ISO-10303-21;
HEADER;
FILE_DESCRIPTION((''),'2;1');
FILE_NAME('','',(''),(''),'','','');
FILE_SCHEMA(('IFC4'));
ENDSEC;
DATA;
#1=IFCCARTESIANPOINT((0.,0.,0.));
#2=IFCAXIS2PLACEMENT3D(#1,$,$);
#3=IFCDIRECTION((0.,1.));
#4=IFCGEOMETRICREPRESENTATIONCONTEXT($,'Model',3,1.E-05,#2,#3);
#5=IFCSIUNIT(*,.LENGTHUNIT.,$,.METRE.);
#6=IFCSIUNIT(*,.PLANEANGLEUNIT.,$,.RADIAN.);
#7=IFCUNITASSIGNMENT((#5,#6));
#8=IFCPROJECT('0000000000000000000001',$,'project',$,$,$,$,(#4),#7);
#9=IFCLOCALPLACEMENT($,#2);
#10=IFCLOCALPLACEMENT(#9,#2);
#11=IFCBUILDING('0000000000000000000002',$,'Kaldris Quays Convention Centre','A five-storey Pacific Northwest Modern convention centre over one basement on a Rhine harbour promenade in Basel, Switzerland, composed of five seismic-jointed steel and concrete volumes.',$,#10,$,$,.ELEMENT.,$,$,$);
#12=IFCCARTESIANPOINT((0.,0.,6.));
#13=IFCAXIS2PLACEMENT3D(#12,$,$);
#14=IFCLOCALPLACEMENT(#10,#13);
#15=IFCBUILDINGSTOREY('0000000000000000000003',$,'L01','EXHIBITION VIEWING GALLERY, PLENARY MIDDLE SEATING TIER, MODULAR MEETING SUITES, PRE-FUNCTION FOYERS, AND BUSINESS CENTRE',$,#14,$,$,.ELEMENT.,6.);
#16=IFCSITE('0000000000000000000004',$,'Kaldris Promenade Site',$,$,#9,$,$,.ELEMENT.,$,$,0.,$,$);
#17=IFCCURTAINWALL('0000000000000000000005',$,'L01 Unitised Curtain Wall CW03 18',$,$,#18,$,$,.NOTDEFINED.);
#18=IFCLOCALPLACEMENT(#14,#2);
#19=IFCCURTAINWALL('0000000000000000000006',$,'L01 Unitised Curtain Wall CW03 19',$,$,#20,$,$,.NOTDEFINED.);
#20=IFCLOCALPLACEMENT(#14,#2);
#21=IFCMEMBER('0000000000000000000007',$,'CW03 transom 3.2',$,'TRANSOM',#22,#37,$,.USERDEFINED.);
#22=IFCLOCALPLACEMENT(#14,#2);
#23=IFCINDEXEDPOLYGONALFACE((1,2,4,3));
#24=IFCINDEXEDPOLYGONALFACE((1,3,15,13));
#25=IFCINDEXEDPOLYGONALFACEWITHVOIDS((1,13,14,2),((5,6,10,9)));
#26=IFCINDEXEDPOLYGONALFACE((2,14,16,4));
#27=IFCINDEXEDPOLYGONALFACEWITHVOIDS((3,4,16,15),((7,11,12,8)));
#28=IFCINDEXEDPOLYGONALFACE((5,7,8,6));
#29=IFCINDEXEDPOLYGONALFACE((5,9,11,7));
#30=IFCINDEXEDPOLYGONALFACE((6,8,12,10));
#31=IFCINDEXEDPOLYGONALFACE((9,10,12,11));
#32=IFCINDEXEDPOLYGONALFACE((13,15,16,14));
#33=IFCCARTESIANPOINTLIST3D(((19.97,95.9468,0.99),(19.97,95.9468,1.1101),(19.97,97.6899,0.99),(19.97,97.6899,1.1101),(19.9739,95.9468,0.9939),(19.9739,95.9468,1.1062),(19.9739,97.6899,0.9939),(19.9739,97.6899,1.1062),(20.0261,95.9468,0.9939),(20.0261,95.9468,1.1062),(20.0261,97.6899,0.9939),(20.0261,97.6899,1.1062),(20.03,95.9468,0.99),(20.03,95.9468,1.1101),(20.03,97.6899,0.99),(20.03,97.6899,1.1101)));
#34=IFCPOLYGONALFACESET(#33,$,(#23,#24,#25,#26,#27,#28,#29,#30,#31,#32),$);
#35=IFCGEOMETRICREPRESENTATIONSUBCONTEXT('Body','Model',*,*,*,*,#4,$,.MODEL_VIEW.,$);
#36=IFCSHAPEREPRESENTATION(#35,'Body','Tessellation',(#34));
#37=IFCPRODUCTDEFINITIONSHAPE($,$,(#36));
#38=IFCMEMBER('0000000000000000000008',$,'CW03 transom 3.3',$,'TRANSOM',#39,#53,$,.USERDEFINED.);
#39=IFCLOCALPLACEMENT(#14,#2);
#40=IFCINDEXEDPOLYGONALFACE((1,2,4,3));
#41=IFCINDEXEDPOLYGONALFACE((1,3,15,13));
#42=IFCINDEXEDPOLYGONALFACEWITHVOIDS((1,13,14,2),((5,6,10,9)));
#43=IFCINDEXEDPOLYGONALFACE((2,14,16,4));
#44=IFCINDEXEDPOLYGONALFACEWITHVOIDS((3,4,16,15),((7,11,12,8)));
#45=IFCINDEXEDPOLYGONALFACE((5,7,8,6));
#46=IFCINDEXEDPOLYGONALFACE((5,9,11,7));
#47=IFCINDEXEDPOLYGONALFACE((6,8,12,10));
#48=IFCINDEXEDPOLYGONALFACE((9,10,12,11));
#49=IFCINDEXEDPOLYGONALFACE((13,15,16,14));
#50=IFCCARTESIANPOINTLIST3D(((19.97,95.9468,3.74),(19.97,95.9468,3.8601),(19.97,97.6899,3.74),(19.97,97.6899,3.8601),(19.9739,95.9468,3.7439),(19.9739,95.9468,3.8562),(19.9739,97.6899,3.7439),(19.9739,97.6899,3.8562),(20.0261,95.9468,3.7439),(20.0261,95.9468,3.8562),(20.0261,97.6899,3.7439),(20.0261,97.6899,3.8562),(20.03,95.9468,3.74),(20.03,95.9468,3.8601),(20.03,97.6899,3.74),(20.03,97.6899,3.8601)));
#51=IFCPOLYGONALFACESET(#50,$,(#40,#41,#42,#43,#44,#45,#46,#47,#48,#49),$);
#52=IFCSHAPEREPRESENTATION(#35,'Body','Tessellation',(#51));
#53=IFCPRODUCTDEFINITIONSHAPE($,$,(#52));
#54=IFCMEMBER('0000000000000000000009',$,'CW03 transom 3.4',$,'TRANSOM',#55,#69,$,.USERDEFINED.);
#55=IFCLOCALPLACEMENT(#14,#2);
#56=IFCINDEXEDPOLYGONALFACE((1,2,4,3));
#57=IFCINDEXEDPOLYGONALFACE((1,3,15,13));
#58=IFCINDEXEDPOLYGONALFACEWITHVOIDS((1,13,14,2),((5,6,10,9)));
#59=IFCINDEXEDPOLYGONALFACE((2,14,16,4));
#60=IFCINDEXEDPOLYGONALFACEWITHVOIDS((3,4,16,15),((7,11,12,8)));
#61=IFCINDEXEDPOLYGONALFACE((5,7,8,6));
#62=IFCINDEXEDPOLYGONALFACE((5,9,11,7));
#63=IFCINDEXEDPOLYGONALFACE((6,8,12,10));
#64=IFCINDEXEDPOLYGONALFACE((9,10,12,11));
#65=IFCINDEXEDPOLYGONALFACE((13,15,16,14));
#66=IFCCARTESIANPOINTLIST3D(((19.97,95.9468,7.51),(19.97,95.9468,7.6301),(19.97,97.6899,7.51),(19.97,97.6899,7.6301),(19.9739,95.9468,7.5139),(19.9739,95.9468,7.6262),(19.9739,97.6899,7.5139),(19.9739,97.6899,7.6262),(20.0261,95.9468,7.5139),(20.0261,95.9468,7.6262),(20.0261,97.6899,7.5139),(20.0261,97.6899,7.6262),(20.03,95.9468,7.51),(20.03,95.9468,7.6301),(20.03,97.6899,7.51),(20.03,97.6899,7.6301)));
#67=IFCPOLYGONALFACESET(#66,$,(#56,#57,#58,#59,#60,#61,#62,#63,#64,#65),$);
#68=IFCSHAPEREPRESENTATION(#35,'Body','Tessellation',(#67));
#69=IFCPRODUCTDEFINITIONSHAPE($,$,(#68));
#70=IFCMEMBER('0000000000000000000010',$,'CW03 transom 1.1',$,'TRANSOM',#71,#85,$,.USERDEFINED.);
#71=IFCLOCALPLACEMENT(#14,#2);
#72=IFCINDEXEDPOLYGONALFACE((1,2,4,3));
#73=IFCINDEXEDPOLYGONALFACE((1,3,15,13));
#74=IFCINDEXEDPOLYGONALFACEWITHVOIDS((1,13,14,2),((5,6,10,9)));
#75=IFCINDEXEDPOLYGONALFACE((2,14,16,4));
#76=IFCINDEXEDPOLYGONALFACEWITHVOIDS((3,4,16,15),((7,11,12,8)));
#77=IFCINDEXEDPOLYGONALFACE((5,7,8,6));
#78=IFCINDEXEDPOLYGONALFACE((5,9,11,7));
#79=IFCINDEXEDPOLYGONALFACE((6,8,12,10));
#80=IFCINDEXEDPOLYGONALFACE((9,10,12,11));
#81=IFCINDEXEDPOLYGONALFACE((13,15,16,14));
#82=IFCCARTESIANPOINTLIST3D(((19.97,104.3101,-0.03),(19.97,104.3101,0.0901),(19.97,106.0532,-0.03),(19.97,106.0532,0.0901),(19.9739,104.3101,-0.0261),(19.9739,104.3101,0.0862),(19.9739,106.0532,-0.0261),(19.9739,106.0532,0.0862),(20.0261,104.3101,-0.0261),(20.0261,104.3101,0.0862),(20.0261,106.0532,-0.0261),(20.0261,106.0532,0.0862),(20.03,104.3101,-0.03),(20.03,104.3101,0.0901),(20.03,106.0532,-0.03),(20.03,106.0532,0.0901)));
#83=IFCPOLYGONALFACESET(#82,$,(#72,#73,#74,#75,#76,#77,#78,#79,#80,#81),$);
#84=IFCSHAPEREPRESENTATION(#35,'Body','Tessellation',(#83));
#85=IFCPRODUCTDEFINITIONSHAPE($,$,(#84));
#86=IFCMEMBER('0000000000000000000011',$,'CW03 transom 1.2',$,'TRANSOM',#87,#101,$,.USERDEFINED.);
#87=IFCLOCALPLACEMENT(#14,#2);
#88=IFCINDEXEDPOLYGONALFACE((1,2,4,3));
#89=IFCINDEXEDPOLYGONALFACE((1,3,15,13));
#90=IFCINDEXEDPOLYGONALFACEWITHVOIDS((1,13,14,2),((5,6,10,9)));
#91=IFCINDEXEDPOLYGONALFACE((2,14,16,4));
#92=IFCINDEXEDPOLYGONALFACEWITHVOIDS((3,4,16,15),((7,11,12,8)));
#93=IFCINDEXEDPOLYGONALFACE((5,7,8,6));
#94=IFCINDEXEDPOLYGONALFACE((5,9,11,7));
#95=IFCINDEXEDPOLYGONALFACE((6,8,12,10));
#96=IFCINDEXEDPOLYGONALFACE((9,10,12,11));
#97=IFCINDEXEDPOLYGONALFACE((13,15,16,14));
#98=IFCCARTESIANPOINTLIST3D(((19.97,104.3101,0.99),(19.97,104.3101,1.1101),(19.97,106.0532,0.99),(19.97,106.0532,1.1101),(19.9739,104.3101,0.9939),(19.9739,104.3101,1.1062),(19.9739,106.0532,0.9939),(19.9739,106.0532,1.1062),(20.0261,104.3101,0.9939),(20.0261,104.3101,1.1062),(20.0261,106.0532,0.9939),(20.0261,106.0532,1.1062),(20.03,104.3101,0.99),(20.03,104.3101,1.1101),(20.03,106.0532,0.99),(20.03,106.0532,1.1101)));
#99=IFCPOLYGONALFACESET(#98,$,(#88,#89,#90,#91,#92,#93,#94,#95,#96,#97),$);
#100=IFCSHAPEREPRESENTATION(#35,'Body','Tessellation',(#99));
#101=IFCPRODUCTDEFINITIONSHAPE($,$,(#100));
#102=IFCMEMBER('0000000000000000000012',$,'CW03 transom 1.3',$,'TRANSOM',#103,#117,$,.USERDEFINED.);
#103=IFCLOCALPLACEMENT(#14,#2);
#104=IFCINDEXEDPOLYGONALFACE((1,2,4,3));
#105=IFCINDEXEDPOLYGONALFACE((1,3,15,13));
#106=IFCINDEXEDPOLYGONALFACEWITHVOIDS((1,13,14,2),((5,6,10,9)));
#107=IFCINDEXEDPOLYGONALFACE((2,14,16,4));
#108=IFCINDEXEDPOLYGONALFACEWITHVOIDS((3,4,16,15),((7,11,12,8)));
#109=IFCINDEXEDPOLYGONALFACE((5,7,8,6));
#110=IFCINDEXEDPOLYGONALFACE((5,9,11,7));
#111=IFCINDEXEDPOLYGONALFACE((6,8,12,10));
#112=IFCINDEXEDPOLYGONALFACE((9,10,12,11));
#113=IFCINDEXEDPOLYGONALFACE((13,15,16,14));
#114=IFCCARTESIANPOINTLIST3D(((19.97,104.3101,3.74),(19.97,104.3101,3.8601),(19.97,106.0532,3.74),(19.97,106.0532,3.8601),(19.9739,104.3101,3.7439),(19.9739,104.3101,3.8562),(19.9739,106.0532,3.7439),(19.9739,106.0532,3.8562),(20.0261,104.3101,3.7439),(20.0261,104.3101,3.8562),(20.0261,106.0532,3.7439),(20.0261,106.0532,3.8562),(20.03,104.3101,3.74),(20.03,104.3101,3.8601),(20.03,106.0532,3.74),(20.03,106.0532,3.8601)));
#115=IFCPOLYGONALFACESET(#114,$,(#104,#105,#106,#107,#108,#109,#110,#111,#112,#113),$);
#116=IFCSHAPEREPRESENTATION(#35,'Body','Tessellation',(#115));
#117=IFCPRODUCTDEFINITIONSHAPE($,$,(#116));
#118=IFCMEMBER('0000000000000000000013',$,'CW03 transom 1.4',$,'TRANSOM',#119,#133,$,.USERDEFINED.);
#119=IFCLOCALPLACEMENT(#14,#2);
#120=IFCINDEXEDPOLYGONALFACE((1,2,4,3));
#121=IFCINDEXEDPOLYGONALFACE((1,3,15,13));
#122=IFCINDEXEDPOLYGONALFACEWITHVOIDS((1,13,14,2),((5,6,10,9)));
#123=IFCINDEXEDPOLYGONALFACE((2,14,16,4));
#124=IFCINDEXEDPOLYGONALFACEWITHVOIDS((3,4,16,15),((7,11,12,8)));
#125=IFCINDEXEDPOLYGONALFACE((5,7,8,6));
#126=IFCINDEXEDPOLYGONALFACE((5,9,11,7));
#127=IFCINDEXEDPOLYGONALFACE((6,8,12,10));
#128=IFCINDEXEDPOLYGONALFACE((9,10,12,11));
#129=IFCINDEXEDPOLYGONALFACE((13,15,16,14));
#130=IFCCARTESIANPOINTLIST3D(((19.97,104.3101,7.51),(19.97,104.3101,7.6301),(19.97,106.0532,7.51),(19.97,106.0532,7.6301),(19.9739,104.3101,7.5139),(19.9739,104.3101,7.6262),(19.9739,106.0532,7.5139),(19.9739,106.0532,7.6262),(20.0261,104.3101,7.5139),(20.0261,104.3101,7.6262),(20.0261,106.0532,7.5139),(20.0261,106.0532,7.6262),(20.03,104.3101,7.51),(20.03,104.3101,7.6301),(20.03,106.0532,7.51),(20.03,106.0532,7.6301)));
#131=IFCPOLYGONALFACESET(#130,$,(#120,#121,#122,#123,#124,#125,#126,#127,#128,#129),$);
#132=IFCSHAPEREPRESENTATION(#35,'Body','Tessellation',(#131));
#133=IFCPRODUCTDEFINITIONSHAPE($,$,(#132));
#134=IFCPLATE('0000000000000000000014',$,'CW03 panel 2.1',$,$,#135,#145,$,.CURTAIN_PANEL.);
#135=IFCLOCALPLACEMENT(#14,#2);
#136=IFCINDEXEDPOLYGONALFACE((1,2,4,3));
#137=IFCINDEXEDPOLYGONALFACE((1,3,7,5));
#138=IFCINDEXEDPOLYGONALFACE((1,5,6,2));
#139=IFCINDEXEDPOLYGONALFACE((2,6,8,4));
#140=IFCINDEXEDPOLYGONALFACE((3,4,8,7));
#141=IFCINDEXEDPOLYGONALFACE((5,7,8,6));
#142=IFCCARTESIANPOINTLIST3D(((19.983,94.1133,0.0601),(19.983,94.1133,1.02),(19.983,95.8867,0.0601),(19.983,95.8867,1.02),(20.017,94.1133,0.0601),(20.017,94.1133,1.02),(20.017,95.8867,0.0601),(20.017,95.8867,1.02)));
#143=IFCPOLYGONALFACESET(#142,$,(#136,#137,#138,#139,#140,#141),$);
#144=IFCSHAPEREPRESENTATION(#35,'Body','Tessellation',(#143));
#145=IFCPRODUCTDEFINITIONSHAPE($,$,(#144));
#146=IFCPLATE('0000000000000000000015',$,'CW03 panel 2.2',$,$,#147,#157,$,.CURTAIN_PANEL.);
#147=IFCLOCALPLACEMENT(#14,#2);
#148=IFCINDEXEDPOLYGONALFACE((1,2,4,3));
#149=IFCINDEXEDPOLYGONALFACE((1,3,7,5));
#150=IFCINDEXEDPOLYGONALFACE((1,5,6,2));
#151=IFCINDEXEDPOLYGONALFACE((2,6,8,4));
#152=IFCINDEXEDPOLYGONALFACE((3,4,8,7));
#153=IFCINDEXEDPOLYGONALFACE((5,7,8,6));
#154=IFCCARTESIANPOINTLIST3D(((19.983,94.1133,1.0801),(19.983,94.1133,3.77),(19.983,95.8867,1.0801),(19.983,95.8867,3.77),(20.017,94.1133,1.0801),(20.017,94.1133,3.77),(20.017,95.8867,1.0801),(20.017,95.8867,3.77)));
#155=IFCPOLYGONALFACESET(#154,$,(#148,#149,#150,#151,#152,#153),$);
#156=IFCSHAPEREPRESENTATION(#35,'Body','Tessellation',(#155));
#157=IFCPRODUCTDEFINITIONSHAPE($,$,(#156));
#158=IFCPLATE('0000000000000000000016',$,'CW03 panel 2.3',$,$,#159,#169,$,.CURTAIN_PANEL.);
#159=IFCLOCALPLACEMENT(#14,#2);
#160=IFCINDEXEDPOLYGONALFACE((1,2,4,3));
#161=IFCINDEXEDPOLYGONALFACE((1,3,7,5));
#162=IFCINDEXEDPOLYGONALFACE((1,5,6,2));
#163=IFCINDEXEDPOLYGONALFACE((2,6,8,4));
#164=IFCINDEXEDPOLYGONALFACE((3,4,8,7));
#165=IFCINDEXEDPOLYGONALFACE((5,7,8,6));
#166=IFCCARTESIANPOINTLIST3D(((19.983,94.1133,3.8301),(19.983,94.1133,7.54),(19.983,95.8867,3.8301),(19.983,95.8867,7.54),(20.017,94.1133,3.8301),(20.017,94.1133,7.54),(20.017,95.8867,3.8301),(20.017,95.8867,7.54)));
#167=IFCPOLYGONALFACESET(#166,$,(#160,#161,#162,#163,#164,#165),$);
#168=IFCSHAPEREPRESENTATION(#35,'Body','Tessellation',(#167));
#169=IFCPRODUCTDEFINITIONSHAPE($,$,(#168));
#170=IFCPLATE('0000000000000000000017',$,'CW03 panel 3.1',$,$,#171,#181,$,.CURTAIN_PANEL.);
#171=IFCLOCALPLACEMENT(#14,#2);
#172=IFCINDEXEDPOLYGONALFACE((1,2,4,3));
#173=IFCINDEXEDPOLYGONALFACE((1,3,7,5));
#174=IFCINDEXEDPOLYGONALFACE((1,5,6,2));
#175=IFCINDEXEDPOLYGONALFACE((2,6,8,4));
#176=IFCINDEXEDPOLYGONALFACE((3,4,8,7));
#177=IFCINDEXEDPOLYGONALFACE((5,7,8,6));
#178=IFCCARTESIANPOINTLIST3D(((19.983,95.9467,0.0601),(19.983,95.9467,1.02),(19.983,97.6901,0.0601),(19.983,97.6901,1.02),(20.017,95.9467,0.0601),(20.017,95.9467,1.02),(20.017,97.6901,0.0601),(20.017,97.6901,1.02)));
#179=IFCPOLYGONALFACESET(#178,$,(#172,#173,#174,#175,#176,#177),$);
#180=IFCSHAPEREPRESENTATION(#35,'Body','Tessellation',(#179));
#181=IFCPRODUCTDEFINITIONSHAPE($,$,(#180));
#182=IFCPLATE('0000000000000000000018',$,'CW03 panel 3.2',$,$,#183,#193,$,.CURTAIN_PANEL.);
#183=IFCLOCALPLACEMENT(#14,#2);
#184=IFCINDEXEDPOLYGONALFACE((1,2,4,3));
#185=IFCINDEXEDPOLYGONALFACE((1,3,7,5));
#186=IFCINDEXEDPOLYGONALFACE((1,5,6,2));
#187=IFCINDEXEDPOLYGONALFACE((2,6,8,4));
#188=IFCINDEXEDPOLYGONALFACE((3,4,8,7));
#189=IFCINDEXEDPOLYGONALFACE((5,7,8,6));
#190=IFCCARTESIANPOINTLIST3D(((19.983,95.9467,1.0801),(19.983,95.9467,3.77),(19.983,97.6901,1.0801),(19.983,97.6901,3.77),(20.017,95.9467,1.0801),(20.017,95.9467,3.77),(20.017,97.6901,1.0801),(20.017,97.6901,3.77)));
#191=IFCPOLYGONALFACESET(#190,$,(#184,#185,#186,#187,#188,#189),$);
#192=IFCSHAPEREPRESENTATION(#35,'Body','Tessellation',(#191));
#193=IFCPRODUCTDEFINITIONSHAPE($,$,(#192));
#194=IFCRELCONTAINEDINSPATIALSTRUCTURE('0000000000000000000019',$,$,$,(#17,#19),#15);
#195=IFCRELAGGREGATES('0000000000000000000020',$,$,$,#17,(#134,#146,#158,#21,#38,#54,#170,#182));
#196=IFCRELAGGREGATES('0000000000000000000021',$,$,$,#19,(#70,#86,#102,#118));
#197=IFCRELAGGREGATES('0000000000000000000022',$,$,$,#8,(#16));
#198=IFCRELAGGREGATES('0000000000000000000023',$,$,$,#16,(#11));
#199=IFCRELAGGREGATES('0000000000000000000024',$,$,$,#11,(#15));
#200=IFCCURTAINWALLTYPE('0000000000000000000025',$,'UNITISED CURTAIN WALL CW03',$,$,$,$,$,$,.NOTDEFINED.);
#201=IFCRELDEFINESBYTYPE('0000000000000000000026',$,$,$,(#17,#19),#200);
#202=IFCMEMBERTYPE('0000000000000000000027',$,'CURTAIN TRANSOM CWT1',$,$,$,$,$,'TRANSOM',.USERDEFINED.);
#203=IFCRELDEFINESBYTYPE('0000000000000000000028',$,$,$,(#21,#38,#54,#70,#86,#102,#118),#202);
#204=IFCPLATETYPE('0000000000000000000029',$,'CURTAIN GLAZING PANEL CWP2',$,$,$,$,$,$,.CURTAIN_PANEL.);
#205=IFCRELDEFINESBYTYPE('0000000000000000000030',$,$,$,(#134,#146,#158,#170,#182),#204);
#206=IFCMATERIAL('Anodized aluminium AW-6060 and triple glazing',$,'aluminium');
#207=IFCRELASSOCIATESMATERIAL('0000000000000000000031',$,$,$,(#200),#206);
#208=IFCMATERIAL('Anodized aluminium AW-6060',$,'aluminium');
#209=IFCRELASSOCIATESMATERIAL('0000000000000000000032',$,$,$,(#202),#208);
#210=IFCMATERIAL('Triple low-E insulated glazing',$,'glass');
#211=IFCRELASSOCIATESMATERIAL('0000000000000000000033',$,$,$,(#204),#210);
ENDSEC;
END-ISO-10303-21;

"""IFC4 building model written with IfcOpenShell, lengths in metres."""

from ifc_helpers import new_model, si_unit, direction, frame, origin, origin_2d, place, context, subcontext, project, spatial, rectangle, hollow_rectangle, extrude, material, material_profile, profile_set, type_object, element, aggregate, save


model = new_model("IFC4")

# Units and contexts
model_context = context("Model", 3, precision=1e-05, world=origin(), true_north=direction((0.0, 1.0)))
body_context = subcontext(model_context, "Body", "Model", "MODEL_VIEW")
ifc_project = project(units=[si_unit("LENGTHUNIT", "METRE"), si_unit("PLANEANGLEUNIT", "RADIAN")], contexts=[model_context])

# Site, building, storey
site_placement = place(None, origin())
site = spatial("IfcSite", under=ifc_project, at=site_placement, Name="Kaldris Promenade Site", CompositionType="ELEMENT", RefElevation=0.0)
building_placement = place(site_placement, origin())
building = spatial("IfcBuilding", under=site, at=building_placement, Name="Kaldris Quays Convention Centre", Description="A five-storey Pacific Northwest Modern convention centre over one basement on a Rhine harbour promenade in Basel, Switzerland, composed of five seismic-jointed steel and concrete volumes.", CompositionType="ELEMENT")
storey_placement = place(building_placement, frame((0.0, 0.0, 6.0)))
storey = spatial("IfcBuildingStorey", under=building, at=storey_placement, Name="L01", Description="EXHIBITION VIEWING GALLERY, PLENARY MIDDLE SEATING TIER, MODULAR MEETING SUITES, PRE-FUNCTION FOYERS, AND BUSINESS CENTRE", CompositionType="ELEMENT", Elevation=6.0)

# Curtain walls
ifc_material_1 = material(Name="Anodized aluminium AW-6060 and triple glazing", Category="aluminium")
curtain_wall_type = type_object("IfcCurtainWallType", Name="UNITISED CURTAIN WALL CW03", PredefinedType="NOTDEFINED", material=ifc_material_1)
curtain_wall_1_placement = place(storey_placement, origin())
curtain_wall_1 = element("IfcCurtainWall", 1, at=curtain_wall_1_placement, inside=storey, type_object=curtain_wall_type, Name="L01 Unitised Curtain Wall CW03 18", PredefinedType="NOTDEFINED")
ifc_material_2 = material(Name="Anodized aluminium AW-6060", Category="aluminium")
curtain_wall_2_placement = place(storey_placement, origin())
curtain_wall_2 = element("IfcCurtainWall", 2, at=curtain_wall_2_placement, inside=storey, type_object=curtain_wall_type, Name="L01 Unitised Curtain Wall CW03 19", PredefinedType="NOTDEFINED")

# Members
ifc_material_profile_1 = material_profile(ifc_material_2, hollow_rectangle(XDim=0.0601, YDim=0.1201, WallThickness=0.0039, at=origin_2d()), Name="RHS 120x60x4")
ifc_profile_set_1 = profile_set([ifc_material_profile_1], Name="Anodized aluminium AW-6060")
member_type_1 = type_object("IfcMemberType", Name="CURTAIN TRANSOM CWT1", ElementType="TRANSOM", PredefinedType="USERDEFINED", material=ifc_profile_set_1)
member_1_placement = place(storey_placement, frame((20.0, 95.9468, 1.05), z_axis=(0.0, 1.0, 0.0), x_axis=(-1.0, 0.0, 0.0)))
member_1 = element("IfcMember", 3, at=member_1_placement, type_object=member_type_1, Name="CW03 transom 3.2", ObjectType="TRANSOM", PredefinedType="USERDEFINED", context=body_context, shape_type="SweptSolid", body=[
    extrude(hollow_rectangle(XDim=0.0601, YDim=0.1201, WallThickness=0.0039, at=origin_2d()), origin(), (0.0, 0.0, 1.0), 1.7432),
])
member_2_placement = place(storey_placement, frame((20.0, 95.9468, 3.8), z_axis=(0.0, 1.0, 0.0), x_axis=(-1.0, 0.0, 0.0)))
member_2 = element("IfcMember", 4, at=member_2_placement, type_object=member_type_1, Name="CW03 transom 3.3", ObjectType="TRANSOM", PredefinedType="USERDEFINED", context=body_context, shape_type="SweptSolid", body=[
    extrude(hollow_rectangle(XDim=0.0601, YDim=0.1201, WallThickness=0.0039, at=origin_2d()), origin(), (0.0, 0.0, 1.0), 1.7432),
])
member_3_placement = place(storey_placement, frame((20.0, 95.9468, 7.5701), z_axis=(0.0, 1.0, 0.0), x_axis=(-1.0, 0.0, 0.0)))
member_3 = element("IfcMember", 5, at=member_3_placement, type_object=member_type_1, Name="CW03 transom 3.4", ObjectType="TRANSOM", PredefinedType="USERDEFINED", context=body_context, shape_type="SweptSolid", body=[
    extrude(hollow_rectangle(XDim=0.0601, YDim=0.1201, WallThickness=0.0039, at=origin_2d()), origin(), (0.0, 0.0, 1.0), 1.7432),
])
member_4_placement = place(storey_placement, frame((20.0, 104.3101, 0.03), z_axis=(0.0, 1.0, 0.0), x_axis=(-1.0, 0.0, 0.0)))
member_4 = element("IfcMember", 6, at=member_4_placement, type_object=member_type_1, Name="CW03 transom 1.1", ObjectType="TRANSOM", PredefinedType="USERDEFINED", context=body_context, shape_type="SweptSolid", body=[
    extrude(hollow_rectangle(XDim=0.0601, YDim=0.1201, WallThickness=0.0039, at=origin_2d()), origin(), (0.0, 0.0, 1.0), 1.7432),
])
member_5_placement = place(storey_placement, frame((20.0, 104.3101, 1.05), z_axis=(0.0, 1.0, 0.0), x_axis=(-1.0, 0.0, 0.0)))
member_5 = element("IfcMember", 7, at=member_5_placement, type_object=member_type_1, Name="CW03 transom 1.2", ObjectType="TRANSOM", PredefinedType="USERDEFINED", context=body_context, shape_type="SweptSolid", body=[
    extrude(hollow_rectangle(XDim=0.0601, YDim=0.1201, WallThickness=0.0039, at=origin_2d()), origin(), (0.0, 0.0, 1.0), 1.7432),
])
member_6_placement = place(storey_placement, frame((20.0, 104.3101, 3.8), z_axis=(0.0, 1.0, 0.0), x_axis=(-1.0, 0.0, 0.0)))
member_6 = element("IfcMember", 8, at=member_6_placement, type_object=member_type_1, Name="CW03 transom 1.3", ObjectType="TRANSOM", PredefinedType="USERDEFINED", context=body_context, shape_type="SweptSolid", body=[
    extrude(hollow_rectangle(XDim=0.0601, YDim=0.1201, WallThickness=0.0039, at=origin_2d()), origin(), (0.0, 0.0, 1.0), 1.7432),
])
member_7_placement = place(storey_placement, frame((20.0, 104.3101, 7.5701), z_axis=(0.0, 1.0, 0.0), x_axis=(-1.0, 0.0, 0.0)))
member_7 = element("IfcMember", 9, at=member_7_placement, type_object=member_type_1, Name="CW03 transom 1.4", ObjectType="TRANSOM", PredefinedType="USERDEFINED", context=body_context, shape_type="SweptSolid", body=[
    extrude(hollow_rectangle(XDim=0.0601, YDim=0.1201, WallThickness=0.0039, at=origin_2d()), origin(), (0.0, 0.0, 1.0), 1.7432),
])

# Plates
ifc_material_3 = material(Name="Triple low-E insulated glazing", Category="glass")
plate_type_1 = type_object("IfcPlateType", Name="CURTAIN GLAZING PANEL CWP2", PredefinedType="CURTAIN_PANEL", material=ifc_material_3)
plate_1_placement = place(storey_placement, frame((20.0, 95.0, 0.0601), z_axis=(0.0, 0.0, 1.0), x_axis=(0.0, 1.0, 0.0)))
plate_1 = element("IfcPlate", 10, at=plate_1_placement, type_object=plate_type_1, Name="CW03 panel 2.1", PredefinedType="CURTAIN_PANEL", context=body_context, shape_type="SweptSolid", body=[
    extrude(rectangle(XDim=1.7734, YDim=0.0339, at=origin_2d()), origin(), (0.0, 0.0, 1.0), 0.96),
])
plate_2_placement = place(storey_placement, frame((20.0, 95.0, 1.0801), z_axis=(0.0, 0.0, 1.0), x_axis=(0.0, 1.0, 0.0)))
plate_2 = element("IfcPlate", 11, at=plate_2_placement, type_object=plate_type_1, Name="CW03 panel 2.2", PredefinedType="CURTAIN_PANEL", context=body_context, shape_type="SweptSolid", body=[
    extrude(rectangle(XDim=1.7734, YDim=0.0339, at=origin_2d()), origin(), (0.0, 0.0, 1.0), 2.6899),
])
plate_3_placement = place(storey_placement, frame((20.0, 95.0, 3.8301), z_axis=(0.0, 0.0, 1.0), x_axis=(0.0, 1.0, 0.0)))
plate_3 = element("IfcPlate", 12, at=plate_3_placement, type_object=plate_type_1, Name="CW03 panel 2.3", PredefinedType="CURTAIN_PANEL", context=body_context, shape_type="SweptSolid", body=[
    extrude(rectangle(XDim=1.7734, YDim=0.0339, at=origin_2d()), origin(), (0.0, 0.0, 1.0), 3.71),
])
plate_4_placement = place(storey_placement, frame((20.0, 96.8184, 0.0601), z_axis=(0.0, 0.0, 1.0), x_axis=(0.0, 1.0, 0.0)))
plate_4 = element("IfcPlate", 13, at=plate_4_placement, type_object=plate_type_1, Name="CW03 panel 3.1", PredefinedType="CURTAIN_PANEL", context=body_context, shape_type="SweptSolid", body=[
    extrude(rectangle(XDim=1.7434, YDim=0.0339, at=origin_2d()), origin(), (0.0, 0.0, 1.0), 0.96),
])
plate_5_placement = place(storey_placement, frame((20.0, 96.8184, 1.0801), z_axis=(0.0, 0.0, 1.0), x_axis=(0.0, 1.0, 0.0)))
plate_5 = element("IfcPlate", 14, at=plate_5_placement, type_object=plate_type_1, Name="CW03 panel 3.2", PredefinedType="CURTAIN_PANEL", context=body_context, shape_type="SweptSolid", body=[
    extrude(rectangle(XDim=1.7434, YDim=0.0339, at=origin_2d()), origin(), (0.0, 0.0, 1.0), 2.6899),
])
aggregate(curtain_wall_1, [plate_1, plate_2, plate_3, member_1, member_2, member_3, plate_4, plate_5])
aggregate(curtain_wall_2, [member_4, member_5, member_6, member_7])

save(model, "model.ifc")
